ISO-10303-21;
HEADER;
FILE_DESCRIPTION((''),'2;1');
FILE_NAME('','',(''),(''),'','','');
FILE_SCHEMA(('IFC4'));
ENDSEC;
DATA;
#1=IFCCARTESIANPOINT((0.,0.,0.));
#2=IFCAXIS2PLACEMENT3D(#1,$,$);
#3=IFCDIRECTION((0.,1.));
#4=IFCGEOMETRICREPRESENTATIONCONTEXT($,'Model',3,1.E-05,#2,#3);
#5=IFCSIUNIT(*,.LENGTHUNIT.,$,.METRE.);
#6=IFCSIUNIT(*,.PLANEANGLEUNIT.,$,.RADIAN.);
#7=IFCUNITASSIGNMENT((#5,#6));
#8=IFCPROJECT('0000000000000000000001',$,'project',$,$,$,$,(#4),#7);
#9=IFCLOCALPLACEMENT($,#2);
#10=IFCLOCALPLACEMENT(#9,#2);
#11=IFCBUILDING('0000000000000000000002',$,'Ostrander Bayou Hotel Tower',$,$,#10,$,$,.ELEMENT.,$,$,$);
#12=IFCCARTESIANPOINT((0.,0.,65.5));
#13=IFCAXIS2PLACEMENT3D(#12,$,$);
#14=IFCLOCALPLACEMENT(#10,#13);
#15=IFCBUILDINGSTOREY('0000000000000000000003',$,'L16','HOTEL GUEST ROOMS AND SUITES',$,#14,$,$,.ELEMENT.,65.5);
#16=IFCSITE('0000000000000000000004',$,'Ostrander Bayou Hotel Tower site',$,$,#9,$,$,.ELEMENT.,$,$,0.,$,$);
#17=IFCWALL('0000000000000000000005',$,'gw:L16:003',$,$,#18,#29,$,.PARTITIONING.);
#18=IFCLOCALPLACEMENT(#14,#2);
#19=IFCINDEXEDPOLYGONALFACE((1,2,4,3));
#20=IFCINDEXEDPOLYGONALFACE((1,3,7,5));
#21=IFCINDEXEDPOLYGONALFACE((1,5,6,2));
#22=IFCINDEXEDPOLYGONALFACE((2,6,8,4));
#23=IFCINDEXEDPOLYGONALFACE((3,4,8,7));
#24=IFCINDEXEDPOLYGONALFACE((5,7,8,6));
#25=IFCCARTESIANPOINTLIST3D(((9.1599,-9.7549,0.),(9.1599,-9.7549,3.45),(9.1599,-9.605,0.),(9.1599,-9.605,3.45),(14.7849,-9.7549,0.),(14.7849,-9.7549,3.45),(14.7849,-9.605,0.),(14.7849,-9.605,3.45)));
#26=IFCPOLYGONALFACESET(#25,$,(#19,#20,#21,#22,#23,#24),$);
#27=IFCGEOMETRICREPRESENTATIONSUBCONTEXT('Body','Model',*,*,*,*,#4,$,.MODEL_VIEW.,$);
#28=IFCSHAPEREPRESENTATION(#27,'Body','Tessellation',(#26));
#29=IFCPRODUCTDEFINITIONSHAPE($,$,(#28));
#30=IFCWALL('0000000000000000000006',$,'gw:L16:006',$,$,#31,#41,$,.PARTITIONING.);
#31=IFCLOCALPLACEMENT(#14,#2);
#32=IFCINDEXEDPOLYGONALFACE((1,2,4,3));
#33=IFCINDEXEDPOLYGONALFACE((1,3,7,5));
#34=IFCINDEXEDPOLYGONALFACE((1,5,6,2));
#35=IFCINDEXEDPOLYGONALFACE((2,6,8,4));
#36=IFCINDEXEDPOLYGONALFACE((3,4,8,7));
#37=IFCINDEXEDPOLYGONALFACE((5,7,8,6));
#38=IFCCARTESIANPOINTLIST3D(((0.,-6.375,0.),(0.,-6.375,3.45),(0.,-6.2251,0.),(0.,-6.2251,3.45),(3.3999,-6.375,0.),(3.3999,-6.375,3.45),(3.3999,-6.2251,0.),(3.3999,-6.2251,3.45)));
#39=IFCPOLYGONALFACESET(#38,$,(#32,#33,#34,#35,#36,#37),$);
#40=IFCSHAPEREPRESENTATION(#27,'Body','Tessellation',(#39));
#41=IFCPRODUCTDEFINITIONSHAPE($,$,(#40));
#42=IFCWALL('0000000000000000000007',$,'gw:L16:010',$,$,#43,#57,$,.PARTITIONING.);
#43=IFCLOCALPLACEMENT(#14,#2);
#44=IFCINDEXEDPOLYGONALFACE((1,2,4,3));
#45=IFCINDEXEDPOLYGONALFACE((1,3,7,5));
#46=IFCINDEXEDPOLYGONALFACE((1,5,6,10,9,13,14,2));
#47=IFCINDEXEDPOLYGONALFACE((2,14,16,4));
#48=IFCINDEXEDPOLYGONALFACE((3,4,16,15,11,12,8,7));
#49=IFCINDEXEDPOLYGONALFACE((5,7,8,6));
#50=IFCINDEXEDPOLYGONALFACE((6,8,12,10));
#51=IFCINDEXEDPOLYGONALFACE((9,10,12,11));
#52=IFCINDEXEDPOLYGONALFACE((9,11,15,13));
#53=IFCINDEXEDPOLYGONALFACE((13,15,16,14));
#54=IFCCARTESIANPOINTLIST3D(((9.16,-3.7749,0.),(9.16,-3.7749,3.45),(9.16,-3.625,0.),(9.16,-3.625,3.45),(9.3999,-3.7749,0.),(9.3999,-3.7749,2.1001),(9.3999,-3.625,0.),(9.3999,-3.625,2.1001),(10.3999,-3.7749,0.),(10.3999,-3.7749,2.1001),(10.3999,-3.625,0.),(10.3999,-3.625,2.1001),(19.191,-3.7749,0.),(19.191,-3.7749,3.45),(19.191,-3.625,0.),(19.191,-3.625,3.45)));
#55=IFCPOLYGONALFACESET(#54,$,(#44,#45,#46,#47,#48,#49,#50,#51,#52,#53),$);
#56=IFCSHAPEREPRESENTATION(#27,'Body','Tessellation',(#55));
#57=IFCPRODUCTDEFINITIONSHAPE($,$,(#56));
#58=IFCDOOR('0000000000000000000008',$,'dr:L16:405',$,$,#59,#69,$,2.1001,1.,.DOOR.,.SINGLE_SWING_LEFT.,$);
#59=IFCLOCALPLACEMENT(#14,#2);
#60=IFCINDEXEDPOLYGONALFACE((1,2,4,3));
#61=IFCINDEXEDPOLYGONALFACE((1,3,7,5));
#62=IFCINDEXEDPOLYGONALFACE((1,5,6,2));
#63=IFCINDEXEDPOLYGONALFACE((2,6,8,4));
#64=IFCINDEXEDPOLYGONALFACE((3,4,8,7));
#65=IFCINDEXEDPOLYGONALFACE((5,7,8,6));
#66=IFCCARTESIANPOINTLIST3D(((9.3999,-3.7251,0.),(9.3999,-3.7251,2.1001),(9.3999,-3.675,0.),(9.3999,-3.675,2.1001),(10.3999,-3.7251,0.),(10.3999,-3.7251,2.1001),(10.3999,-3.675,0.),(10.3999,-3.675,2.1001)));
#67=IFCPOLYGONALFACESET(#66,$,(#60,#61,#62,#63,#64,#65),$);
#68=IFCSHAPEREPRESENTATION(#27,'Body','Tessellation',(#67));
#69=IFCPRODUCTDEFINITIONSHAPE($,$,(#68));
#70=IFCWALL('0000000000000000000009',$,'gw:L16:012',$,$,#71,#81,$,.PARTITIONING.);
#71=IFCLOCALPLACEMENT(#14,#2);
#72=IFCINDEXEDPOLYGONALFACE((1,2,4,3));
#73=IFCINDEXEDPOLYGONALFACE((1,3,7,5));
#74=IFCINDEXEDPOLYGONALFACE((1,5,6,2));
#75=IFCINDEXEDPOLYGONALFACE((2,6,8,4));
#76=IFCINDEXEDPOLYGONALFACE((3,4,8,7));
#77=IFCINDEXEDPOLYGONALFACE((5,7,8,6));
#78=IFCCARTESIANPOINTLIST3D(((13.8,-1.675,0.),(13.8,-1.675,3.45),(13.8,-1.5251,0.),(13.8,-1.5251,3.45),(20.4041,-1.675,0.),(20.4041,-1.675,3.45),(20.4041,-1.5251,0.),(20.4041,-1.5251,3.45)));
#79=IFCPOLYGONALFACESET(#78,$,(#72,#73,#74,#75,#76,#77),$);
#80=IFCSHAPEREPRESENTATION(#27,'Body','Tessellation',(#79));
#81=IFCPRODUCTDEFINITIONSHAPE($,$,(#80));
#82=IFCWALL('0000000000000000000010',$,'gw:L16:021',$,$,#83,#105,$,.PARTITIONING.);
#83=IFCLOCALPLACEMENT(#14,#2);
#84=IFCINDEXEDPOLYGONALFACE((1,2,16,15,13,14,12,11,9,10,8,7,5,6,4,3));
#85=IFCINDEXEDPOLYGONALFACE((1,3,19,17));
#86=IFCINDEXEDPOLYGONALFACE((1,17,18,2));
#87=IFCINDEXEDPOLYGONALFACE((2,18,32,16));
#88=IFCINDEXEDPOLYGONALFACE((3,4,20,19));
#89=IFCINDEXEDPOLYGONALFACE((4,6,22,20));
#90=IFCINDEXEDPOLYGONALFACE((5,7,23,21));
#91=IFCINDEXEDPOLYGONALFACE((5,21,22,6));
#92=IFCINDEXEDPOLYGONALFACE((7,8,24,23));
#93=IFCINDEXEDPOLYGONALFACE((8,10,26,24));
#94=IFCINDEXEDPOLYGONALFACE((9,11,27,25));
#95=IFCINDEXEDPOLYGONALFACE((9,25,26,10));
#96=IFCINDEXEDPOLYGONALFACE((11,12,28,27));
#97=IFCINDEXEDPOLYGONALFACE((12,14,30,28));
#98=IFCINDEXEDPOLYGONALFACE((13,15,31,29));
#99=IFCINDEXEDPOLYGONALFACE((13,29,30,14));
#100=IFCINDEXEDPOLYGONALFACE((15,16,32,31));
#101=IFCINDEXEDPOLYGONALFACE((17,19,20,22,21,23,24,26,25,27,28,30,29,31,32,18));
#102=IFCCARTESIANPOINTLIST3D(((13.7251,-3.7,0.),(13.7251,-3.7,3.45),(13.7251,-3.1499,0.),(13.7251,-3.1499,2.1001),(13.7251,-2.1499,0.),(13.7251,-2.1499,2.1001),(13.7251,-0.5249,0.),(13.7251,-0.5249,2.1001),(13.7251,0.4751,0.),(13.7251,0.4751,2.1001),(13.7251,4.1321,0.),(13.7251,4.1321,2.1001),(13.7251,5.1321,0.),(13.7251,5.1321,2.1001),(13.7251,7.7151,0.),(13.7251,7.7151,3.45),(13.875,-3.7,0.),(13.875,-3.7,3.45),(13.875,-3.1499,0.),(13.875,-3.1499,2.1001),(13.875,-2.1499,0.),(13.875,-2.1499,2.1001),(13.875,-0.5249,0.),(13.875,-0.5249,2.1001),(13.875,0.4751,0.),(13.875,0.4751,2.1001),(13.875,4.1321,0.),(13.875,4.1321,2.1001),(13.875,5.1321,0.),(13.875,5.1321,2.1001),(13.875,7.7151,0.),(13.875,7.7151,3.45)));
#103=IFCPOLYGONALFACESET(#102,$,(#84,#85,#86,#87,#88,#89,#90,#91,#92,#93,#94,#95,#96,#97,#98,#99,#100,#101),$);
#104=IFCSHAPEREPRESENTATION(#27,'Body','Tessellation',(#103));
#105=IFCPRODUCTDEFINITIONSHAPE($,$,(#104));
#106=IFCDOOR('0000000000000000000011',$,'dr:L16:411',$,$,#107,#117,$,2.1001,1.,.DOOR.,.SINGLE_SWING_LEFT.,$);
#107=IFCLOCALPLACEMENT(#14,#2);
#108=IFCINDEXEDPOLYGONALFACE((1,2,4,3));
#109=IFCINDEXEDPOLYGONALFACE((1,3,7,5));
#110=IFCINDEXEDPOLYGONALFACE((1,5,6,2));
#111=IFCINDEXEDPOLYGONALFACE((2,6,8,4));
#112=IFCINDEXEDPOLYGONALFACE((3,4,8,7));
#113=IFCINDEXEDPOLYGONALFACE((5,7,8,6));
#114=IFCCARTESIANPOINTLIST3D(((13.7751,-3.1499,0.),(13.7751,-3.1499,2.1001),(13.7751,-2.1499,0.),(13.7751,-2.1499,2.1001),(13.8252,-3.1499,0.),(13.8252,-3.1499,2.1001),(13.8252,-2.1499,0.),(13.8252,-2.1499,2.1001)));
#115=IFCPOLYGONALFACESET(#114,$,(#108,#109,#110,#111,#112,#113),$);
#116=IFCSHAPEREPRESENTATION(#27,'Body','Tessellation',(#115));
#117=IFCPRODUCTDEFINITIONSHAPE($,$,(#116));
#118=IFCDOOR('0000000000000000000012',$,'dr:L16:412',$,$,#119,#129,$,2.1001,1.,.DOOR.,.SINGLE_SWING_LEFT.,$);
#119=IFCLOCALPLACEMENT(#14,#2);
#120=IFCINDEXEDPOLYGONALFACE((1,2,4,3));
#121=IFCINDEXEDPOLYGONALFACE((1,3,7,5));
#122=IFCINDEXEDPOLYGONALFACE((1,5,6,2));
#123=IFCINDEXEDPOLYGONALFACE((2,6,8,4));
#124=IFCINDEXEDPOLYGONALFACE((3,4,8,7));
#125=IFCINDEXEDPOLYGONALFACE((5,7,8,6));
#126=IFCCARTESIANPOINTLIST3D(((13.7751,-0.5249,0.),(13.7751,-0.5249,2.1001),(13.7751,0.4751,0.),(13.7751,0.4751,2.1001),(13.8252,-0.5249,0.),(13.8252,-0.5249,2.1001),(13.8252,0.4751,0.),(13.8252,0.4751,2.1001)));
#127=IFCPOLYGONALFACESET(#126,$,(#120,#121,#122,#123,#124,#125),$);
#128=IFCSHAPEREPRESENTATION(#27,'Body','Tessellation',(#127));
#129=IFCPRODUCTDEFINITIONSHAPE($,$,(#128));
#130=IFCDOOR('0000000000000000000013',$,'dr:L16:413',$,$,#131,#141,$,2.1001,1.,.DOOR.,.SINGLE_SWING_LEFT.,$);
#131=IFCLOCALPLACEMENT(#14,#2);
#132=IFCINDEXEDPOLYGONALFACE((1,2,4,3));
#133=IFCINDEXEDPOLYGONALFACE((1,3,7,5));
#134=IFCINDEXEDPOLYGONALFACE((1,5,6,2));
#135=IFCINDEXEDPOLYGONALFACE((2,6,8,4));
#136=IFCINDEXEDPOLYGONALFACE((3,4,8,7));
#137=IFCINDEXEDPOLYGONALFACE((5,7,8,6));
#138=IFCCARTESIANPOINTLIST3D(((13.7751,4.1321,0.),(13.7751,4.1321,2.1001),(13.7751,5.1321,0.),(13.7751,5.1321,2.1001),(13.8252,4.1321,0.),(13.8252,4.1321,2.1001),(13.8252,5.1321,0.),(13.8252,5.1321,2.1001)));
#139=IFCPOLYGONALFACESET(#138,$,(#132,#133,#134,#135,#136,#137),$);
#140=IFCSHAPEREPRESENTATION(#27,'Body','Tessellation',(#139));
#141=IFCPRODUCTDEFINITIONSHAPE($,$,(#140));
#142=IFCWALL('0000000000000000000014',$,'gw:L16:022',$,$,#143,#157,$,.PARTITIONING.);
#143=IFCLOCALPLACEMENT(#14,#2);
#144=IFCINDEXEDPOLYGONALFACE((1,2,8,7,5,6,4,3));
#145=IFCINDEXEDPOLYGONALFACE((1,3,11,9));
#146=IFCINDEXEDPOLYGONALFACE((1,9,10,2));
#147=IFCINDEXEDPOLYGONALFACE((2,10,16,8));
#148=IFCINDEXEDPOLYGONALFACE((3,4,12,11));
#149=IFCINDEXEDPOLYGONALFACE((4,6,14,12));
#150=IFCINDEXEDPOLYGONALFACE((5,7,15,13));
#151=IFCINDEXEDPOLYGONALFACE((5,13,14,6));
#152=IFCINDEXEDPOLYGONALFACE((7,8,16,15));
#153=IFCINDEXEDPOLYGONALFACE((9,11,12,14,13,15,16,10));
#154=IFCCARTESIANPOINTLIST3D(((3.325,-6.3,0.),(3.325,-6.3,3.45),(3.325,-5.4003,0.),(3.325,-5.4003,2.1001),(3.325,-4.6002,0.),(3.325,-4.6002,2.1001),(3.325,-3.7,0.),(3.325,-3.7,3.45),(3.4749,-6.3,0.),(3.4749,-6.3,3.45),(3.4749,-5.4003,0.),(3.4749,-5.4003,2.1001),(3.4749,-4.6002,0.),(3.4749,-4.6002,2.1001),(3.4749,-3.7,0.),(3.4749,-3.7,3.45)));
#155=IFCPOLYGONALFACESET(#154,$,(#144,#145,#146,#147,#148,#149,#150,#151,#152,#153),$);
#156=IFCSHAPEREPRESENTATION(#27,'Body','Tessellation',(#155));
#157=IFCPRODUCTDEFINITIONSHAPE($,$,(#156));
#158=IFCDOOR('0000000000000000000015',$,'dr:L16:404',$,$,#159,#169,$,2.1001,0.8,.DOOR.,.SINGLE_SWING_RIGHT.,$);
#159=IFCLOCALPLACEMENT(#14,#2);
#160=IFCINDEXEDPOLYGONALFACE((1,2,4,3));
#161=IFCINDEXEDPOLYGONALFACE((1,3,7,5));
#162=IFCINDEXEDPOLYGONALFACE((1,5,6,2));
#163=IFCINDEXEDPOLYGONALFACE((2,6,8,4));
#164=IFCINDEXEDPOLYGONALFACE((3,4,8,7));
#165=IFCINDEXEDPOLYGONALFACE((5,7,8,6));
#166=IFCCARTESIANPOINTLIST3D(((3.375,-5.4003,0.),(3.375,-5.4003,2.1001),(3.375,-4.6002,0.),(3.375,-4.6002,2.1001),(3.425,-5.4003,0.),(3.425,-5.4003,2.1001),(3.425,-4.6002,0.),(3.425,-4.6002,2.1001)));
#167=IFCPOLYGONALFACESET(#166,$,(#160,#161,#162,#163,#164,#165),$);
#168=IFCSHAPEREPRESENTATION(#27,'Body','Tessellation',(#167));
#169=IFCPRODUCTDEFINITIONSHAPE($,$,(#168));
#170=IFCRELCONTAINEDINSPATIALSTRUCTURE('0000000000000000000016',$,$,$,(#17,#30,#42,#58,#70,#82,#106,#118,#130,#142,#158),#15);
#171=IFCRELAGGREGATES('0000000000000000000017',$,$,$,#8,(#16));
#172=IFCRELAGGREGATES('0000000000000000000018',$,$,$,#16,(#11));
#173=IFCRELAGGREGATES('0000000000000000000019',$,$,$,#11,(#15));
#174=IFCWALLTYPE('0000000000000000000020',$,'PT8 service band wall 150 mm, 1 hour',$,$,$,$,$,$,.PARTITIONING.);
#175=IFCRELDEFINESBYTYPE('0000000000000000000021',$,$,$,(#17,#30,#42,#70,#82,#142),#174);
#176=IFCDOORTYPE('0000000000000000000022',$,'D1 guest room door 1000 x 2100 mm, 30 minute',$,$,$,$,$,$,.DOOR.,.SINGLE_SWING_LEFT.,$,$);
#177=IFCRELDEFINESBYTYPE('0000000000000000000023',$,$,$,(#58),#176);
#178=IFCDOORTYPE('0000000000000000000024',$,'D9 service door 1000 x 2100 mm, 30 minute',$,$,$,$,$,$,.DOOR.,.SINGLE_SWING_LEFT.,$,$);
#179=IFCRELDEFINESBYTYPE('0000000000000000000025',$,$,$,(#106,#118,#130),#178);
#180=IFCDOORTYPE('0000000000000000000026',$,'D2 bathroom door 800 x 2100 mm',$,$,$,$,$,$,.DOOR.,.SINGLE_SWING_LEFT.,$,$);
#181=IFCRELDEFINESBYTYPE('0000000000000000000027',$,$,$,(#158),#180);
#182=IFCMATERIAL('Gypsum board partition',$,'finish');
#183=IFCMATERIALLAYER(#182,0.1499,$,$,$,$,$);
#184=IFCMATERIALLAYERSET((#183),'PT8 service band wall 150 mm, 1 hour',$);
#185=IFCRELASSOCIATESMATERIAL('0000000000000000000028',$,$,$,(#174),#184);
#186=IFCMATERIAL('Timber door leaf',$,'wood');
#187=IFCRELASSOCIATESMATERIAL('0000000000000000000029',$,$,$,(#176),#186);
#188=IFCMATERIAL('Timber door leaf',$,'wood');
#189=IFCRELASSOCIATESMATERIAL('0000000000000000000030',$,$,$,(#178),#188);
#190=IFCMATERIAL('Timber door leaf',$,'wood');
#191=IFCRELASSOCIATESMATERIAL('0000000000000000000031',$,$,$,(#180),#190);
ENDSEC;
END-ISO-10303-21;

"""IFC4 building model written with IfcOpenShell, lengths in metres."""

from ifc_helpers import new_model, si_unit, direction, frame, frame_2d, origin, place, context, subcontext, project, spatial, rectangle, extrude, material, layer, layer_set, type_object, element, fill, save


model = new_model("IFC4")

# Units and contexts
model_context = context("Model", 3, precision=1e-05, world=origin(), true_north=direction((0.0, 1.0)))
body_context = subcontext(model_context, "Body", "Model", "MODEL_VIEW")
ifc_project = project(units=[si_unit("LENGTHUNIT", "METRE"), si_unit("PLANEANGLEUNIT", "RADIAN")], contexts=[model_context])

# Site, building, storey
site_placement = place(None, origin())
site = spatial("IfcSite", under=ifc_project, at=site_placement, Name="Ostrander Bayou Hotel Tower site", CompositionType="ELEMENT", RefElevation=0.0)
building_placement = place(site_placement, origin())
building = spatial("IfcBuilding", under=site, at=building_placement, Name="Ostrander Bayou Hotel Tower", CompositionType="ELEMENT")
storey_placement = place(building_placement, frame((0.0, 0.0, 65.5)))
storey = spatial("IfcBuildingStorey", under=building, at=storey_placement, Name="L16", Description="HOTEL GUEST ROOMS AND SUITES", CompositionType="ELEMENT", Elevation=65.5)

# Walls
ifc_material_1 = material(Name="Gypsum board partition", Category="finish")
ifc_layer_1 = layer(ifc_material_1, 0.1499)
ifc_layer_set_1 = layer_set([ifc_layer_1], Name="PT8 service band wall 150 mm, 1 hour")
wall_type_1 = type_object("IfcWallType", Name="PT8 service band wall 150 mm, 1 hour", PredefinedType="PARTITIONING", material=ifc_layer_set_1)
wall_1_placement = place(storey_placement, frame((9.1599, -9.6799, 0.0), z_axis=(0.0, 0.0, 1.0), x_axis=(1.0, 0.0, 0.0)))
element("IfcWall", 1, at=wall_1_placement, inside=storey, type_object=wall_type_1, Name="gw:L16:003", PredefinedType="PARTITIONING", context=body_context, shape_type="SweptSolid", body=[
    extrude(rectangle(XDim=5.625, YDim=0.1499, at=frame_2d((2.8125, 0.0))), origin(), (0.0, 0.0, 1.0), 3.45),
])
wall_2_placement = place(storey_placement, frame((0.0, -6.3, 0.0), z_axis=(0.0, 0.0, 1.0), x_axis=(1.0, 0.0, 0.0)))
element("IfcWall", 2, at=wall_2_placement, inside=storey, type_object=wall_type_1, Name="gw:L16:006", PredefinedType="PARTITIONING", context=body_context, shape_type="SweptSolid", body=[
    extrude(rectangle(XDim=3.3999, YDim=0.1499, at=frame_2d((1.7, 0.0))), origin(), (0.0, 0.0, 1.0), 3.45),
])

# Wall, opening, door
wall_3_placement = place(storey_placement, frame((9.1599, -3.7, 0.0), z_axis=(0.0, 0.0, 1.0), x_axis=(1.0, 0.0, 0.0)))
wall_3 = element("IfcWall", 3, at=wall_3_placement, inside=storey, type_object=wall_type_1, Name="gw:L16:010", PredefinedType="PARTITIONING", context=body_context, shape_type="SweptSolid", body=[
    extrude(rectangle(XDim=10.031, YDim=0.1499, at=frame_2d((5.0156, 0.0))), origin(), (0.0, 0.0, 1.0), 3.45),
])
opening_1_placement = place(wall_3_placement, frame((0.24, 0.0, 0.0)))
opening_1 = element("IfcOpeningElement", 4, at=opening_1_placement, cuts=wall_3, PredefinedType="OPENING", context=body_context, shape_type="SweptSolid", body=[
    extrude(rectangle(XDim=1.0, YDim=2.1001, at=frame_2d((0.5, 1.05))), frame((0.0, 0.075, 0.0), z_axis=(0.0, -1.0, 0.0), x_axis=(1.0, 0.0, 0.0)), (0.0, 0.0, 1.0), 0.1499),
])
ifc_material_2 = material(Name="Timber door leaf", Category="wood")
door_type_1 = type_object("IfcDoorType", Name="D1 guest room door 1000 x 2100 mm, 30 minute", OperationType="SINGLE_SWING_LEFT", PredefinedType="DOOR", material=ifc_material_2)
door_1_placement = place(opening_1_placement, origin())
door_1 = element("IfcDoor", 5, at=door_1_placement, inside=storey, type_object=door_type_1, Name="dr:L16:405", OperationType="SINGLE_SWING_LEFT", OverallHeight=2.1001, OverallWidth=1.0, PredefinedType="DOOR", context=body_context, shape_type="SweptSolid", body=[
    extrude(rectangle(XDim=1.0, YDim=2.1001, at=frame_2d((0.5, 1.05))), frame((0.0, 0.0249, 0.0), z_axis=(0.0, -1.0, 0.0), x_axis=(1.0, 0.0, 0.0)), (0.0, 0.0, 1.0), 0.05),
])
fill(opening_1, door_1)

# Wall
wall_4_placement = place(storey_placement, frame((13.8, -1.6001, 0.0), z_axis=(0.0, 0.0, 1.0), x_axis=(1.0, 0.0, 0.0)))
element("IfcWall", 6, at=wall_4_placement, inside=storey, type_object=wall_type_1, Name="gw:L16:012", PredefinedType="PARTITIONING", context=body_context, shape_type="SweptSolid", body=[
    extrude(rectangle(XDim=6.604, YDim=0.1499, at=frame_2d((3.302, 0.0))), origin(), (0.0, 0.0, 1.0), 3.45),
])

# Wall, openings, doors
wall_5_placement = place(storey_placement, frame((13.8, -3.7, 0.0), z_axis=(0.0, 0.0, 1.0), x_axis=(0.0, 1.0, 0.0)))
wall_5 = element("IfcWall", 7, at=wall_5_placement, inside=storey, type_object=wall_type_1, Name="gw:L16:021", PredefinedType="PARTITIONING", context=body_context, shape_type="SweptSolid", body=[
    extrude(rectangle(XDim=11.415, YDim=0.1499, at=frame_2d((5.7075, 0.0))), origin(), (0.0, 0.0, 1.0), 3.45),
])
opening_2_placement = place(wall_5_placement, frame((0.55, 0.0, 0.0)))
opening_2 = element("IfcOpeningElement", 8, at=opening_2_placement, cuts=wall_5, PredefinedType="OPENING", context=body_context, shape_type="SweptSolid", body=[
    extrude(rectangle(XDim=1.0, YDim=2.1001, at=frame_2d((0.5, 1.05))), frame((0.0, 0.075, 0.0), z_axis=(0.0, -1.0, 0.0), x_axis=(1.0, 0.0, 0.0)), (0.0, 0.0, 1.0), 0.1499),
])
opening_3_placement = place(wall_5_placement, frame((3.175, 0.0, 0.0)))
opening_3 = element("IfcOpeningElement", 9, at=opening_3_placement, cuts=wall_5, PredefinedType="OPENING", context=body_context, shape_type="SweptSolid", body=[
    extrude(rectangle(XDim=1.0, YDim=2.1001, at=frame_2d((0.5, 1.05))), frame((0.0, 0.075, 0.0), z_axis=(0.0, -1.0, 0.0), x_axis=(1.0, 0.0, 0.0)), (0.0, 0.0, 1.0), 0.1499),
])
opening_4_placement = place(wall_5_placement, frame((7.832, 0.0, 0.0)))
opening_4 = element("IfcOpeningElement", 10, at=opening_4_placement, cuts=wall_5, PredefinedType="OPENING", context=body_context, shape_type="SweptSolid", body=[
    extrude(rectangle(XDim=1.0, YDim=2.1001, at=frame_2d((0.5, 1.05))), frame((0.0, 0.075, 0.0), z_axis=(0.0, -1.0, 0.0), x_axis=(1.0, 0.0, 0.0)), (0.0, 0.0, 1.0), 0.1499),
])
ifc_material_3 = material(Name="Timber door leaf", Category="wood")
door_type_2 = type_object("IfcDoorType", Name="D9 service door 1000 x 2100 mm, 30 minute", OperationType="SINGLE_SWING_LEFT", PredefinedType="DOOR", material=ifc_material_3)
door_2_placement = place(opening_2_placement, origin())
door_2 = element("IfcDoor", 11, at=door_2_placement, inside=storey, type_object=door_type_2, Name="dr:L16:411", OperationType="SINGLE_SWING_LEFT", OverallHeight=2.1001, OverallWidth=1.0, PredefinedType="DOOR", context=body_context, shape_type="SweptSolid", body=[
    extrude(rectangle(XDim=1.0, YDim=2.1001, at=frame_2d((0.5, 1.05))), frame((0.0, 0.0249, 0.0), z_axis=(0.0, -1.0, 0.0), x_axis=(1.0, 0.0, 0.0)), (0.0, 0.0, 1.0), 0.05),
])
fill(opening_2, door_2)
door_3_placement = place(opening_3_placement, origin())
door_3 = element("IfcDoor", 12, at=door_3_placement, inside=storey, type_object=door_type_2, Name="dr:L16:412", OperationType="SINGLE_SWING_LEFT", OverallHeight=2.1001, OverallWidth=1.0, PredefinedType="DOOR", context=body_context, shape_type="SweptSolid", body=[
    extrude(rectangle(XDim=1.0, YDim=2.1001, at=frame_2d((0.5, 1.05))), frame((0.0, 0.0249, 0.0), z_axis=(0.0, -1.0, 0.0), x_axis=(1.0, 0.0, 0.0)), (0.0, 0.0, 1.0), 0.05),
])
fill(opening_3, door_3)
door_4_placement = place(opening_4_placement, origin())
door_4 = element("IfcDoor", 13, at=door_4_placement, inside=storey, type_object=door_type_2, Name="dr:L16:413", OperationType="SINGLE_SWING_LEFT", OverallHeight=2.1001, OverallWidth=1.0, PredefinedType="DOOR", context=body_context, shape_type="SweptSolid", body=[
    extrude(rectangle(XDim=1.0, YDim=2.1001, at=frame_2d((0.5, 1.05))), frame((0.0, 0.0249, 0.0), z_axis=(0.0, -1.0, 0.0), x_axis=(1.0, 0.0, 0.0)), (0.0, 0.0, 1.0), 0.05),
])
fill(opening_4, door_4)

# Wall, opening, door
wall_6_placement = place(storey_placement, frame((3.3999, -6.3, 0.0), z_axis=(0.0, 0.0, 1.0), x_axis=(0.0, 1.0, 0.0)))
wall_6 = element("IfcWall", 14, at=wall_6_placement, inside=storey, type_object=wall_type_1, Name="gw:L16:022", PredefinedType="PARTITIONING", context=body_context, shape_type="SweptSolid", body=[
    extrude(rectangle(XDim=2.6001, YDim=0.1499, at=frame_2d((1.3, 0.0))), origin(), (0.0, 0.0, 1.0), 3.45),
])
opening_5_placement = place(wall_6_placement, frame((0.8999, 0.0, 0.0)))
opening_5 = element("IfcOpeningElement", 15, at=opening_5_placement, cuts=wall_6, PredefinedType="OPENING", context=body_context, shape_type="SweptSolid", body=[
    extrude(rectangle(XDim=0.8, YDim=2.1001, at=frame_2d((0.3999, 1.05))), frame((0.0, 0.075, 0.0), z_axis=(0.0, -1.0, 0.0), x_axis=(1.0, 0.0, 0.0)), (0.0, 0.0, 1.0), 0.1499),
])
ifc_material_4 = material(Name="Timber door leaf", Category="wood")
door_type_3 = type_object("IfcDoorType", Name="D2 bathroom door 800 x 2100 mm", OperationType="SINGLE_SWING_LEFT", PredefinedType="DOOR", material=ifc_material_4)
door_5_placement = place(opening_5_placement, origin())
door_5 = element("IfcDoor", 16, at=door_5_placement, inside=storey, type_object=door_type_3, Name="dr:L16:404", OperationType="SINGLE_SWING_RIGHT", OverallHeight=2.1001, OverallWidth=0.8, PredefinedType="DOOR", context=body_context, shape_type="SweptSolid", body=[
    extrude(rectangle(XDim=0.8, YDim=2.1001, at=frame_2d((0.3999, 1.05))), frame((0.0, 0.0249, 0.0), z_axis=(0.0, -1.0, 0.0), x_axis=(1.0, 0.0, 0.0)), (0.0, 0.0, 1.0), 0.05),
])
fill(opening_5, door_5)

save(model, "model.ifc")
